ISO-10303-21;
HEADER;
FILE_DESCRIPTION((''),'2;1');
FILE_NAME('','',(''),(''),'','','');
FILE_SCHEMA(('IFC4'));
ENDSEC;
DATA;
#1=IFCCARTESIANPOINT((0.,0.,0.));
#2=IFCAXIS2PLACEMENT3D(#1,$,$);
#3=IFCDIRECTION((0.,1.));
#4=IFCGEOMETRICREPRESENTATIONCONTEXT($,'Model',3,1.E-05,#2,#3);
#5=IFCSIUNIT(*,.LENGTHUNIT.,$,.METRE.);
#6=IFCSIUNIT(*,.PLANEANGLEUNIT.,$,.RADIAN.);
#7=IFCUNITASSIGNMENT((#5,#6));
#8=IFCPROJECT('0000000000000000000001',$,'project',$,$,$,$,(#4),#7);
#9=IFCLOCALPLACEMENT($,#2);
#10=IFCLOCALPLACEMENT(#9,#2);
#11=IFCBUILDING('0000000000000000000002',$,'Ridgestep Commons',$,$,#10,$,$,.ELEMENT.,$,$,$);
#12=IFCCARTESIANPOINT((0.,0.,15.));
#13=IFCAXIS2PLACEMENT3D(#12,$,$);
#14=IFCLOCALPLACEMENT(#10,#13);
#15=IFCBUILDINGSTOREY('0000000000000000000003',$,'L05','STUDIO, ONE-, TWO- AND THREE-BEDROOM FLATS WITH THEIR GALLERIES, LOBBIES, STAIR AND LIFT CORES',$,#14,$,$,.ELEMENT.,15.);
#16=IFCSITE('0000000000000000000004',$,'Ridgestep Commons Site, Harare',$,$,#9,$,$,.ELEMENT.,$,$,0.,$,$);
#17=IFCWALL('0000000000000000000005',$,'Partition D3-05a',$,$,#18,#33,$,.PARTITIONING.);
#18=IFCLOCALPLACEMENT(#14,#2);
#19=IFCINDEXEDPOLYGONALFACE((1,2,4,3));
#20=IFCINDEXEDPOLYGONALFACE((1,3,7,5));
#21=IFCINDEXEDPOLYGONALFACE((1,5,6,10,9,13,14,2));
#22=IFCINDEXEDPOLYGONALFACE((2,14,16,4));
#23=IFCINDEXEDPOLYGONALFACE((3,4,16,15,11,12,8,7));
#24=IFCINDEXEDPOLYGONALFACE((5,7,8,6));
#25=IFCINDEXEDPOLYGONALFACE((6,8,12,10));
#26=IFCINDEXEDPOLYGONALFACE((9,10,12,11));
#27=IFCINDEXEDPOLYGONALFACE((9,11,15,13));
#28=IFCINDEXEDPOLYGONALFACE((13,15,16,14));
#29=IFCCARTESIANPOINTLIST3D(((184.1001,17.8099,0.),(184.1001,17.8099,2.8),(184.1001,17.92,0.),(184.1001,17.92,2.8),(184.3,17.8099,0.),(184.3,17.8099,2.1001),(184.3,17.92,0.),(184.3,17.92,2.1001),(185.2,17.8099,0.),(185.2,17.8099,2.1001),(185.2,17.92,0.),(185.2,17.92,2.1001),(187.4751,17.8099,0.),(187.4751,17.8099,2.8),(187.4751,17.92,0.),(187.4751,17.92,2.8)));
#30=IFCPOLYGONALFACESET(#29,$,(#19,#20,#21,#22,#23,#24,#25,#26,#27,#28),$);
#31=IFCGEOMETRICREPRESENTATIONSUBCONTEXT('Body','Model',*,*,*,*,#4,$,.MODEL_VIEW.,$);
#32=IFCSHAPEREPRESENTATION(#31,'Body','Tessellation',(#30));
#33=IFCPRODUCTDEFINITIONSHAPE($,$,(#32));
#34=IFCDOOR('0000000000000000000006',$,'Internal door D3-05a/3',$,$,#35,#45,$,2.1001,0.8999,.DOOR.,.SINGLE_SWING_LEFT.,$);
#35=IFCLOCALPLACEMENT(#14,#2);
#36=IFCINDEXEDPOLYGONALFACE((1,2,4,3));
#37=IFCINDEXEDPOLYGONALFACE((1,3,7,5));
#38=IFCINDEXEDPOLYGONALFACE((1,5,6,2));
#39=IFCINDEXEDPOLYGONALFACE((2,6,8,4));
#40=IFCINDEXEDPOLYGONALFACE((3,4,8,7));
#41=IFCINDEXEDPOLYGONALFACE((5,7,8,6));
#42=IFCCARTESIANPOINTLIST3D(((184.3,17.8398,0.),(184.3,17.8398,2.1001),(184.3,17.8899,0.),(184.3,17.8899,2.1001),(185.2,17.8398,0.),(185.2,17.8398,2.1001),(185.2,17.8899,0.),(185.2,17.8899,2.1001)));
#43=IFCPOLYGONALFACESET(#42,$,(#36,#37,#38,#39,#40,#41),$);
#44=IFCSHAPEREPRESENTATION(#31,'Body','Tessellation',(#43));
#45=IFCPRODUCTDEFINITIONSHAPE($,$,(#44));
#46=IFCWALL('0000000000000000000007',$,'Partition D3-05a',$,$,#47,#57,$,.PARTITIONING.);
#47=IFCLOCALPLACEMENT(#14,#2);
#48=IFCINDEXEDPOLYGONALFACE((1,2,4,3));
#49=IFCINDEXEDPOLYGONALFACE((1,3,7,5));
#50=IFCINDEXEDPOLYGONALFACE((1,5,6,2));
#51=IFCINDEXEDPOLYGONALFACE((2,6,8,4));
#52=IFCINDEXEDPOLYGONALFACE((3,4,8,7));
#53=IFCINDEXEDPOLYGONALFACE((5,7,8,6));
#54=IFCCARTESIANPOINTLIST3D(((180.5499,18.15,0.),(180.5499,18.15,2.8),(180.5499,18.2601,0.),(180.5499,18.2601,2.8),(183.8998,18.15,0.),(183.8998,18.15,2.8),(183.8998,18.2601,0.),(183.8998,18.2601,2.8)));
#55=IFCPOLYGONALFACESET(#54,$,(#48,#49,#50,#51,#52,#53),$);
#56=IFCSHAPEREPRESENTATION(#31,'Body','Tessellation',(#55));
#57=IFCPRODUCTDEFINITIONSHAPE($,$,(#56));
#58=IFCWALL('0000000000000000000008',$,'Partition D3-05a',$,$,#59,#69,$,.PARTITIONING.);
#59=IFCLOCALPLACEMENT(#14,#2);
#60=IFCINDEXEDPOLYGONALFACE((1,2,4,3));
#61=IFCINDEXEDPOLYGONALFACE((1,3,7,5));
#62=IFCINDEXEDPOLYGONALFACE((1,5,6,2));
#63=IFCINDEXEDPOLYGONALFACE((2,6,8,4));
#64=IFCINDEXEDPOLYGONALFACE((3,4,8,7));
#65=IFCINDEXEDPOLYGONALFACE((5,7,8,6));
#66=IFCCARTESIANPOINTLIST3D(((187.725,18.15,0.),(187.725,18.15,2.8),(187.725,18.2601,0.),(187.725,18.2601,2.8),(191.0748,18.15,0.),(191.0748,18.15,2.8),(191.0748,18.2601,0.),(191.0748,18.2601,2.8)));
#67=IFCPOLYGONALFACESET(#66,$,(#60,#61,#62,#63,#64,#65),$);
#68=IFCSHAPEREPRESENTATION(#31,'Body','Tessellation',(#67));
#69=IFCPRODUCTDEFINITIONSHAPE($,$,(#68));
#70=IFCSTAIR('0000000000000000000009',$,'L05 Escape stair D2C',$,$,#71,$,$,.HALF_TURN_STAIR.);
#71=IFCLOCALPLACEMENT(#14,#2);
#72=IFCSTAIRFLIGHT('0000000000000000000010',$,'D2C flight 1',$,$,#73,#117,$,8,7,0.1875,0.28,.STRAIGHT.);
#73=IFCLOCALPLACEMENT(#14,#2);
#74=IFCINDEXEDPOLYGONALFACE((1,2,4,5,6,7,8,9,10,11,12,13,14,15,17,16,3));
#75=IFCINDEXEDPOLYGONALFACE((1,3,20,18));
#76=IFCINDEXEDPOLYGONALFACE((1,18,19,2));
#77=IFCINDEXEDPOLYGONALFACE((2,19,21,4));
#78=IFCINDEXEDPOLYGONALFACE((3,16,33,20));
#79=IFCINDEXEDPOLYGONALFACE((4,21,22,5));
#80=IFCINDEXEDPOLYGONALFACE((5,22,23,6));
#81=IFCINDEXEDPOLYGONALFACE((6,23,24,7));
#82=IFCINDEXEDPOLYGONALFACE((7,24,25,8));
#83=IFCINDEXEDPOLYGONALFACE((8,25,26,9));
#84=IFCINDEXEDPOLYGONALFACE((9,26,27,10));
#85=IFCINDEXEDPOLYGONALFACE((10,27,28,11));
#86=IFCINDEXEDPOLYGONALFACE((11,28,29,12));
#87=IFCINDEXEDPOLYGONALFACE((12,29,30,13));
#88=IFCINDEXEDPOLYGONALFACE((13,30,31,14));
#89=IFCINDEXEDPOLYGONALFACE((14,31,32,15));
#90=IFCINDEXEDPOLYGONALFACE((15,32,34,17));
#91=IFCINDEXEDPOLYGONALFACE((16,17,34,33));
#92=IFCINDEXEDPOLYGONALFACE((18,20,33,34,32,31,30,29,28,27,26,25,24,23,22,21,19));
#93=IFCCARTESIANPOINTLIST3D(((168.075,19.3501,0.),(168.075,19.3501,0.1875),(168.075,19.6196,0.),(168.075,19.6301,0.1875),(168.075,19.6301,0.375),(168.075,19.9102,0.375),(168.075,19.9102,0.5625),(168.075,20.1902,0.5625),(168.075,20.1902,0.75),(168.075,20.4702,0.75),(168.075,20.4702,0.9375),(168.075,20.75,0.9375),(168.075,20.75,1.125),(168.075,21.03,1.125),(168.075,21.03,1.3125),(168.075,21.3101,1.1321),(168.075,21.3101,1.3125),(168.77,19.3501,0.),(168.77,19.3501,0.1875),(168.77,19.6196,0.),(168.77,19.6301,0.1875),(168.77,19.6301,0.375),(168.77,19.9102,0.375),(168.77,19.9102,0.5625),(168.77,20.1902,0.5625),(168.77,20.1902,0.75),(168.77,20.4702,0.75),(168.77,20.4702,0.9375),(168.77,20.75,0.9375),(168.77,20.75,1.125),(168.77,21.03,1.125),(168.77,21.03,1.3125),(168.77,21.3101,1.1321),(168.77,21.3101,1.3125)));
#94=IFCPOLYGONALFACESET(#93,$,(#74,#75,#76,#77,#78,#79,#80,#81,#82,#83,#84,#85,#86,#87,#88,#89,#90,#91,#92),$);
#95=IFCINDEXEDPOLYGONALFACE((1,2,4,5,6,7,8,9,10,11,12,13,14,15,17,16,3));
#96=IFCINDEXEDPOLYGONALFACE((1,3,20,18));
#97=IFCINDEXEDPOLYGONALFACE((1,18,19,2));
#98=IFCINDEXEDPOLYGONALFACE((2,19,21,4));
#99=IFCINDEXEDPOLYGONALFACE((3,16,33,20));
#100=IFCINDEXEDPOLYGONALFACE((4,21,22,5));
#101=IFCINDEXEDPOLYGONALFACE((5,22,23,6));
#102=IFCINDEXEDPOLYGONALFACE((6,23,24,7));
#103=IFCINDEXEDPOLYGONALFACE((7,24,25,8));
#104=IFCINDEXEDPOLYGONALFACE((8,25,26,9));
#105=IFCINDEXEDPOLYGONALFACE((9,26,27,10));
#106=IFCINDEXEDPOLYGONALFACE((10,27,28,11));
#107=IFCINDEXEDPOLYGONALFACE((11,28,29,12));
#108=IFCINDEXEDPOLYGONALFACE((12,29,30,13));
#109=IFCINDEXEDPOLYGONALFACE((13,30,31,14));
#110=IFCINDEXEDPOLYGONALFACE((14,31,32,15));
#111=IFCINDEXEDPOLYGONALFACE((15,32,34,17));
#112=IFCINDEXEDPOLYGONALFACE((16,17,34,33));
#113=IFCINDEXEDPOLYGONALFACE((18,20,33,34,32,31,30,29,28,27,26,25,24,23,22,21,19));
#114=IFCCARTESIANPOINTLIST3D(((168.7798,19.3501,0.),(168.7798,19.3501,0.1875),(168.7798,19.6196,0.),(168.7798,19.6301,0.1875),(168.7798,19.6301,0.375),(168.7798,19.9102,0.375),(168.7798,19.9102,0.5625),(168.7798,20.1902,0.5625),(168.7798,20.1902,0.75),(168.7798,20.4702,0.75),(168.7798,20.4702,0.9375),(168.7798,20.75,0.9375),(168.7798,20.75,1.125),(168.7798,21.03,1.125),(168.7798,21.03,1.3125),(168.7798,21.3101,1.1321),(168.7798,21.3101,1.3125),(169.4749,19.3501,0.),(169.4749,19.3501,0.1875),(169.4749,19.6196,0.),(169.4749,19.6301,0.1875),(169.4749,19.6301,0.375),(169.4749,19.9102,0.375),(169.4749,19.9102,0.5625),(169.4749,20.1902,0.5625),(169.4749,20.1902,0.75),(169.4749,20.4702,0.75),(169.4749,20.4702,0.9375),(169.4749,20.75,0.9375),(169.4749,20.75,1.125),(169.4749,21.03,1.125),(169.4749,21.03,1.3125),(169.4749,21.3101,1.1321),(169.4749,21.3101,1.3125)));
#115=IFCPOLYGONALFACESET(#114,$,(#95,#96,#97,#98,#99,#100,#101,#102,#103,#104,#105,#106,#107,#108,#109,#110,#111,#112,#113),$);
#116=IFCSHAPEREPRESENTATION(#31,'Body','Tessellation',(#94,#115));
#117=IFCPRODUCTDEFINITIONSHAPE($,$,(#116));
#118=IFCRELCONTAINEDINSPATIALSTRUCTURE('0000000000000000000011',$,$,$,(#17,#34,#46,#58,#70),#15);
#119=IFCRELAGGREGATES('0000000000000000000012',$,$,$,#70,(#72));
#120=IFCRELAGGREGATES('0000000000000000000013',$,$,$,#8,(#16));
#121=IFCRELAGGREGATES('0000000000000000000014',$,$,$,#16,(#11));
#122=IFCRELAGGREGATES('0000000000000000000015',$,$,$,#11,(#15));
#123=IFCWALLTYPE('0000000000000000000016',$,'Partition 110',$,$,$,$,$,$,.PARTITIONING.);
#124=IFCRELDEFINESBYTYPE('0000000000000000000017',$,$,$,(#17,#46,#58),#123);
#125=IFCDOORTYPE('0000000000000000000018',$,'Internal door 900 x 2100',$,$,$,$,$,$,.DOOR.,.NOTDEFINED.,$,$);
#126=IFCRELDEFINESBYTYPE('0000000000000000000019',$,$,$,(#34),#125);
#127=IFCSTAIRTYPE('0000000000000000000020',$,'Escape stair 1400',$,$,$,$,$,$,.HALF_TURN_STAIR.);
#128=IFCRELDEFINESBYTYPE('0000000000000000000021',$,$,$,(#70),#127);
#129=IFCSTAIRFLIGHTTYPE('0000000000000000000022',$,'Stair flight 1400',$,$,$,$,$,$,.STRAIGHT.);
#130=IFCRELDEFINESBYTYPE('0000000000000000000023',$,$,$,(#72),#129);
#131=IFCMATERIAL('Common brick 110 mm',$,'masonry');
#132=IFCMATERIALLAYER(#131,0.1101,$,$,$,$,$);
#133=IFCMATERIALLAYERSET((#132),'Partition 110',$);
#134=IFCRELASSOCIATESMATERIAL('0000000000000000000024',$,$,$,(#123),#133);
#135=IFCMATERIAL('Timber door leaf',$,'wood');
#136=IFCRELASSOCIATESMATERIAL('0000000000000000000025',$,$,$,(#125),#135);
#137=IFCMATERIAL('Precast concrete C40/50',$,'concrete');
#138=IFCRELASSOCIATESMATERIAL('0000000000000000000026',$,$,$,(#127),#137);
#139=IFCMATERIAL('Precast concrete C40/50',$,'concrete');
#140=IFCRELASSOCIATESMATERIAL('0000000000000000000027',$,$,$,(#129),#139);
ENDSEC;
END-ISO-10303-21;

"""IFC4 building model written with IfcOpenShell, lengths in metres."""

from ifc_helpers import new_model, si_unit, direction, frame, frame_2d, origin, place, context, subcontext, project, spatial, polyline, rectangle, outline, extrude, material, layer, layer_set, type_object, element, fill, aggregate, save


model = new_model("IFC4")

# Units and contexts
model_context = context("Model", 3, precision=1e-05, world=origin(), true_north=direction((0.0, 1.0)))
body_context = subcontext(model_context, "Body", "Model", "MODEL_VIEW")
ifc_project = project(units=[si_unit("LENGTHUNIT", "METRE"), si_unit("PLANEANGLEUNIT", "RADIAN")], contexts=[model_context])

# Site, building, storey
site_placement = place(None, origin())
site = spatial("IfcSite", under=ifc_project, at=site_placement, Name="Ridgestep Commons Site, Harare", CompositionType="ELEMENT", RefElevation=0.0)
building_placement = place(site_placement, origin())
building = spatial("IfcBuilding", under=site, at=building_placement, Name="Ridgestep Commons", CompositionType="ELEMENT")
storey_placement = place(building_placement, frame((0.0, 0.0, 15.0)))
storey = spatial("IfcBuildingStorey", under=building, at=storey_placement, Name="L05", Description="STUDIO, ONE-, TWO- AND THREE-BEDROOM FLATS WITH THEIR GALLERIES, LOBBIES, STAIR AND LIFT CORES", CompositionType="ELEMENT", Elevation=15.0)

# Wall, opening, door
ifc_material_1 = material(Name="Common brick 110 mm", Category="masonry")
ifc_layer_1 = layer(ifc_material_1, 0.1101)
ifc_layer_set_1 = layer_set([ifc_layer_1], Name="Partition 110")
wall_type_1 = type_object("IfcWallType", Name="Partition 110", PredefinedType="PARTITIONING", material=ifc_layer_set_1)
ifc_material_2 = material(Name="Timber door leaf", Category="wood")
door_type_1 = type_object("IfcDoorType", Name="Internal door 900 x 2100", OperationType="NOTDEFINED", PredefinedType="DOOR", material=ifc_material_2)
wall_1_placement = place(storey_placement, frame((184.1001, 17.865, 0.0), z_axis=(0.0, 0.0, 1.0), x_axis=(1.0, 0.0, 0.0)))
wall_1 = element("IfcWall", 1, at=wall_1_placement, inside=storey, type_object=wall_type_1, Name="Partition D3-05a", PredefinedType="PARTITIONING", context=body_context, shape_type="SweptSolid", body=[
    extrude(rectangle(XDim=3.375, YDim=0.1101, at=frame_2d((1.6875, 0.0))), origin(), (0.0, 0.0, 1.0), 2.8),
])
opening_1_placement = place(wall_1_placement, frame((0.2, 0.0, 0.0)))
opening_1 = element("IfcOpeningElement", 2, at=opening_1_placement, cuts=wall_1, PredefinedType="OPENING", context=body_context, shape_type="SweptSolid", body=[
    extrude(rectangle(XDim=0.8999, YDim=2.1001, at=frame_2d((0.45, 1.05))), frame((0.0, 0.0649, 0.0), z_axis=(0.0, -1.0, 0.0), x_axis=(1.0, 0.0, 0.0)), (0.0, 0.0, 1.0), 0.1301),
])
door_1_placement = place(opening_1_placement, origin())
door_1 = element("IfcDoor", 3, at=door_1_placement, inside=storey, type_object=door_type_1, Name="Internal door D3-05a/3", OperationType="SINGLE_SWING_LEFT", OverallHeight=2.1001, OverallWidth=0.8999, PredefinedType="DOOR", context=body_context, shape_type="SweptSolid", body=[
    extrude(rectangle(XDim=0.8999, YDim=2.1001, at=frame_2d((0.45, 1.05))), frame((0.0, 0.0249, 0.0), z_axis=(0.0, -1.0, 0.0), x_axis=(1.0, 0.0, 0.0)), (0.0, 0.0, 1.0), 0.05),
])
fill(opening_1, door_1)

# Walls
for number, where, z_axis, x_axis, name in (
    (4, (180.55, 18.2051, 0.0), (0.0, 0.0, 1.0), (1.0, 0.0, 0.0), "Partition D3-05a"),
    (5, (187.7251, 18.2051, 0.0), (0.0, 0.0, 1.0), (1.0, 0.0, 0.0), "Partition D3-05a"),
):
    element("IfcWall", number, at=place(storey_placement, frame(where, z_axis=z_axis, x_axis=x_axis)), inside=storey, type_object=wall_type_1, Name=name, PredefinedType="PARTITIONING", context=body_context, shape_type="SweptSolid", body=[
        extrude(rectangle(XDim=3.3499, YDim=0.1101, at=frame_2d((1.6748, 0.0))), origin(), (0.0, 0.0, 1.0), 2.8),
    ])

# Stair, stair flight
ifc_material_3 = material(Name="Precast concrete C40/50", Category="concrete")
stair_type = type_object("IfcStairType", Name="Escape stair 1400", PredefinedType="HALF_TURN_STAIR", material=ifc_material_3)
stair_placement = place(storey_placement, origin())
stair = element("IfcStair", 6, at=stair_placement, inside=storey, type_object=stair_type, Name="L05 Escape stair D2C", PredefinedType="HALF_TURN_STAIR")
ifc_material_4 = material(Name="Precast concrete C40/50", Category="concrete")
stair_flight_type = type_object("IfcStairFlightType", Name="Stair flight 1400", PredefinedType="STRAIGHT", material=ifc_material_4)
stair_flight_placement = place(storey_placement, frame((168.7749, 19.3501, 0.0), z_axis=(0.0, 0.0, 1.0), x_axis=(0.0, 1.0, 0.0)))
stair_flight = element("IfcStairFlight", 7, at=stair_flight_placement, type_object=stair_flight_type, Name="D2C flight 1", NumberOfRisers=8, NumberOfTreads=7, PredefinedType="STRAIGHT", RiserHeight=0.1875, TreadLength=0.28, context=body_context, shape_type="SweptSolid", body=[
    extrude(outline(polyline([(0.0, 0.0), (0.0, 0.1875), (0.28, 0.1875), (0.28, 0.375), (0.5601, 0.375), (0.5601, 0.5625), (0.8401, 0.5625), (0.8401, 0.75), (1.1201, 0.75), (1.1201, 0.9375), (1.3999, 0.9375), (1.3999, 1.125), (1.6799, 1.125), (1.6799, 1.3125), (1.96, 1.3125), (1.96, 1.5), (1.96, 1.1321), (0.2695, 0.0), (0.0, 0.0)])), frame((0.0, 0.7, 0.0), z_axis=(0.0, -1.0, 0.0), x_axis=(1.0, 0.0, 0.0)), (0.0, 0.0, 1.0), 0.6951),
    extrude(outline(polyline([(0.0, 0.0), (0.0, 0.1875), (0.28, 0.1875), (0.28, 0.375), (0.5601, 0.375), (0.5601, 0.5625), (0.8401, 0.5625), (0.8401, 0.75), (1.1201, 0.75), (1.1201, 0.9375), (1.3999, 0.9375), (1.3999, 1.125), (1.6799, 1.125), (1.6799, 1.3125), (1.96, 1.3125), (1.96, 1.5), (1.96, 1.1321), (0.2695, 0.0), (0.0, 0.0)])), frame((0.0, -0.0049, 0.0), z_axis=(0.0, -1.0, 0.0), x_axis=(1.0, 0.0, 0.0)), (0.0, 0.0, 1.0), 0.6951),
])
aggregate(stair, [stair_flight])

save(model, "model.ifc")
